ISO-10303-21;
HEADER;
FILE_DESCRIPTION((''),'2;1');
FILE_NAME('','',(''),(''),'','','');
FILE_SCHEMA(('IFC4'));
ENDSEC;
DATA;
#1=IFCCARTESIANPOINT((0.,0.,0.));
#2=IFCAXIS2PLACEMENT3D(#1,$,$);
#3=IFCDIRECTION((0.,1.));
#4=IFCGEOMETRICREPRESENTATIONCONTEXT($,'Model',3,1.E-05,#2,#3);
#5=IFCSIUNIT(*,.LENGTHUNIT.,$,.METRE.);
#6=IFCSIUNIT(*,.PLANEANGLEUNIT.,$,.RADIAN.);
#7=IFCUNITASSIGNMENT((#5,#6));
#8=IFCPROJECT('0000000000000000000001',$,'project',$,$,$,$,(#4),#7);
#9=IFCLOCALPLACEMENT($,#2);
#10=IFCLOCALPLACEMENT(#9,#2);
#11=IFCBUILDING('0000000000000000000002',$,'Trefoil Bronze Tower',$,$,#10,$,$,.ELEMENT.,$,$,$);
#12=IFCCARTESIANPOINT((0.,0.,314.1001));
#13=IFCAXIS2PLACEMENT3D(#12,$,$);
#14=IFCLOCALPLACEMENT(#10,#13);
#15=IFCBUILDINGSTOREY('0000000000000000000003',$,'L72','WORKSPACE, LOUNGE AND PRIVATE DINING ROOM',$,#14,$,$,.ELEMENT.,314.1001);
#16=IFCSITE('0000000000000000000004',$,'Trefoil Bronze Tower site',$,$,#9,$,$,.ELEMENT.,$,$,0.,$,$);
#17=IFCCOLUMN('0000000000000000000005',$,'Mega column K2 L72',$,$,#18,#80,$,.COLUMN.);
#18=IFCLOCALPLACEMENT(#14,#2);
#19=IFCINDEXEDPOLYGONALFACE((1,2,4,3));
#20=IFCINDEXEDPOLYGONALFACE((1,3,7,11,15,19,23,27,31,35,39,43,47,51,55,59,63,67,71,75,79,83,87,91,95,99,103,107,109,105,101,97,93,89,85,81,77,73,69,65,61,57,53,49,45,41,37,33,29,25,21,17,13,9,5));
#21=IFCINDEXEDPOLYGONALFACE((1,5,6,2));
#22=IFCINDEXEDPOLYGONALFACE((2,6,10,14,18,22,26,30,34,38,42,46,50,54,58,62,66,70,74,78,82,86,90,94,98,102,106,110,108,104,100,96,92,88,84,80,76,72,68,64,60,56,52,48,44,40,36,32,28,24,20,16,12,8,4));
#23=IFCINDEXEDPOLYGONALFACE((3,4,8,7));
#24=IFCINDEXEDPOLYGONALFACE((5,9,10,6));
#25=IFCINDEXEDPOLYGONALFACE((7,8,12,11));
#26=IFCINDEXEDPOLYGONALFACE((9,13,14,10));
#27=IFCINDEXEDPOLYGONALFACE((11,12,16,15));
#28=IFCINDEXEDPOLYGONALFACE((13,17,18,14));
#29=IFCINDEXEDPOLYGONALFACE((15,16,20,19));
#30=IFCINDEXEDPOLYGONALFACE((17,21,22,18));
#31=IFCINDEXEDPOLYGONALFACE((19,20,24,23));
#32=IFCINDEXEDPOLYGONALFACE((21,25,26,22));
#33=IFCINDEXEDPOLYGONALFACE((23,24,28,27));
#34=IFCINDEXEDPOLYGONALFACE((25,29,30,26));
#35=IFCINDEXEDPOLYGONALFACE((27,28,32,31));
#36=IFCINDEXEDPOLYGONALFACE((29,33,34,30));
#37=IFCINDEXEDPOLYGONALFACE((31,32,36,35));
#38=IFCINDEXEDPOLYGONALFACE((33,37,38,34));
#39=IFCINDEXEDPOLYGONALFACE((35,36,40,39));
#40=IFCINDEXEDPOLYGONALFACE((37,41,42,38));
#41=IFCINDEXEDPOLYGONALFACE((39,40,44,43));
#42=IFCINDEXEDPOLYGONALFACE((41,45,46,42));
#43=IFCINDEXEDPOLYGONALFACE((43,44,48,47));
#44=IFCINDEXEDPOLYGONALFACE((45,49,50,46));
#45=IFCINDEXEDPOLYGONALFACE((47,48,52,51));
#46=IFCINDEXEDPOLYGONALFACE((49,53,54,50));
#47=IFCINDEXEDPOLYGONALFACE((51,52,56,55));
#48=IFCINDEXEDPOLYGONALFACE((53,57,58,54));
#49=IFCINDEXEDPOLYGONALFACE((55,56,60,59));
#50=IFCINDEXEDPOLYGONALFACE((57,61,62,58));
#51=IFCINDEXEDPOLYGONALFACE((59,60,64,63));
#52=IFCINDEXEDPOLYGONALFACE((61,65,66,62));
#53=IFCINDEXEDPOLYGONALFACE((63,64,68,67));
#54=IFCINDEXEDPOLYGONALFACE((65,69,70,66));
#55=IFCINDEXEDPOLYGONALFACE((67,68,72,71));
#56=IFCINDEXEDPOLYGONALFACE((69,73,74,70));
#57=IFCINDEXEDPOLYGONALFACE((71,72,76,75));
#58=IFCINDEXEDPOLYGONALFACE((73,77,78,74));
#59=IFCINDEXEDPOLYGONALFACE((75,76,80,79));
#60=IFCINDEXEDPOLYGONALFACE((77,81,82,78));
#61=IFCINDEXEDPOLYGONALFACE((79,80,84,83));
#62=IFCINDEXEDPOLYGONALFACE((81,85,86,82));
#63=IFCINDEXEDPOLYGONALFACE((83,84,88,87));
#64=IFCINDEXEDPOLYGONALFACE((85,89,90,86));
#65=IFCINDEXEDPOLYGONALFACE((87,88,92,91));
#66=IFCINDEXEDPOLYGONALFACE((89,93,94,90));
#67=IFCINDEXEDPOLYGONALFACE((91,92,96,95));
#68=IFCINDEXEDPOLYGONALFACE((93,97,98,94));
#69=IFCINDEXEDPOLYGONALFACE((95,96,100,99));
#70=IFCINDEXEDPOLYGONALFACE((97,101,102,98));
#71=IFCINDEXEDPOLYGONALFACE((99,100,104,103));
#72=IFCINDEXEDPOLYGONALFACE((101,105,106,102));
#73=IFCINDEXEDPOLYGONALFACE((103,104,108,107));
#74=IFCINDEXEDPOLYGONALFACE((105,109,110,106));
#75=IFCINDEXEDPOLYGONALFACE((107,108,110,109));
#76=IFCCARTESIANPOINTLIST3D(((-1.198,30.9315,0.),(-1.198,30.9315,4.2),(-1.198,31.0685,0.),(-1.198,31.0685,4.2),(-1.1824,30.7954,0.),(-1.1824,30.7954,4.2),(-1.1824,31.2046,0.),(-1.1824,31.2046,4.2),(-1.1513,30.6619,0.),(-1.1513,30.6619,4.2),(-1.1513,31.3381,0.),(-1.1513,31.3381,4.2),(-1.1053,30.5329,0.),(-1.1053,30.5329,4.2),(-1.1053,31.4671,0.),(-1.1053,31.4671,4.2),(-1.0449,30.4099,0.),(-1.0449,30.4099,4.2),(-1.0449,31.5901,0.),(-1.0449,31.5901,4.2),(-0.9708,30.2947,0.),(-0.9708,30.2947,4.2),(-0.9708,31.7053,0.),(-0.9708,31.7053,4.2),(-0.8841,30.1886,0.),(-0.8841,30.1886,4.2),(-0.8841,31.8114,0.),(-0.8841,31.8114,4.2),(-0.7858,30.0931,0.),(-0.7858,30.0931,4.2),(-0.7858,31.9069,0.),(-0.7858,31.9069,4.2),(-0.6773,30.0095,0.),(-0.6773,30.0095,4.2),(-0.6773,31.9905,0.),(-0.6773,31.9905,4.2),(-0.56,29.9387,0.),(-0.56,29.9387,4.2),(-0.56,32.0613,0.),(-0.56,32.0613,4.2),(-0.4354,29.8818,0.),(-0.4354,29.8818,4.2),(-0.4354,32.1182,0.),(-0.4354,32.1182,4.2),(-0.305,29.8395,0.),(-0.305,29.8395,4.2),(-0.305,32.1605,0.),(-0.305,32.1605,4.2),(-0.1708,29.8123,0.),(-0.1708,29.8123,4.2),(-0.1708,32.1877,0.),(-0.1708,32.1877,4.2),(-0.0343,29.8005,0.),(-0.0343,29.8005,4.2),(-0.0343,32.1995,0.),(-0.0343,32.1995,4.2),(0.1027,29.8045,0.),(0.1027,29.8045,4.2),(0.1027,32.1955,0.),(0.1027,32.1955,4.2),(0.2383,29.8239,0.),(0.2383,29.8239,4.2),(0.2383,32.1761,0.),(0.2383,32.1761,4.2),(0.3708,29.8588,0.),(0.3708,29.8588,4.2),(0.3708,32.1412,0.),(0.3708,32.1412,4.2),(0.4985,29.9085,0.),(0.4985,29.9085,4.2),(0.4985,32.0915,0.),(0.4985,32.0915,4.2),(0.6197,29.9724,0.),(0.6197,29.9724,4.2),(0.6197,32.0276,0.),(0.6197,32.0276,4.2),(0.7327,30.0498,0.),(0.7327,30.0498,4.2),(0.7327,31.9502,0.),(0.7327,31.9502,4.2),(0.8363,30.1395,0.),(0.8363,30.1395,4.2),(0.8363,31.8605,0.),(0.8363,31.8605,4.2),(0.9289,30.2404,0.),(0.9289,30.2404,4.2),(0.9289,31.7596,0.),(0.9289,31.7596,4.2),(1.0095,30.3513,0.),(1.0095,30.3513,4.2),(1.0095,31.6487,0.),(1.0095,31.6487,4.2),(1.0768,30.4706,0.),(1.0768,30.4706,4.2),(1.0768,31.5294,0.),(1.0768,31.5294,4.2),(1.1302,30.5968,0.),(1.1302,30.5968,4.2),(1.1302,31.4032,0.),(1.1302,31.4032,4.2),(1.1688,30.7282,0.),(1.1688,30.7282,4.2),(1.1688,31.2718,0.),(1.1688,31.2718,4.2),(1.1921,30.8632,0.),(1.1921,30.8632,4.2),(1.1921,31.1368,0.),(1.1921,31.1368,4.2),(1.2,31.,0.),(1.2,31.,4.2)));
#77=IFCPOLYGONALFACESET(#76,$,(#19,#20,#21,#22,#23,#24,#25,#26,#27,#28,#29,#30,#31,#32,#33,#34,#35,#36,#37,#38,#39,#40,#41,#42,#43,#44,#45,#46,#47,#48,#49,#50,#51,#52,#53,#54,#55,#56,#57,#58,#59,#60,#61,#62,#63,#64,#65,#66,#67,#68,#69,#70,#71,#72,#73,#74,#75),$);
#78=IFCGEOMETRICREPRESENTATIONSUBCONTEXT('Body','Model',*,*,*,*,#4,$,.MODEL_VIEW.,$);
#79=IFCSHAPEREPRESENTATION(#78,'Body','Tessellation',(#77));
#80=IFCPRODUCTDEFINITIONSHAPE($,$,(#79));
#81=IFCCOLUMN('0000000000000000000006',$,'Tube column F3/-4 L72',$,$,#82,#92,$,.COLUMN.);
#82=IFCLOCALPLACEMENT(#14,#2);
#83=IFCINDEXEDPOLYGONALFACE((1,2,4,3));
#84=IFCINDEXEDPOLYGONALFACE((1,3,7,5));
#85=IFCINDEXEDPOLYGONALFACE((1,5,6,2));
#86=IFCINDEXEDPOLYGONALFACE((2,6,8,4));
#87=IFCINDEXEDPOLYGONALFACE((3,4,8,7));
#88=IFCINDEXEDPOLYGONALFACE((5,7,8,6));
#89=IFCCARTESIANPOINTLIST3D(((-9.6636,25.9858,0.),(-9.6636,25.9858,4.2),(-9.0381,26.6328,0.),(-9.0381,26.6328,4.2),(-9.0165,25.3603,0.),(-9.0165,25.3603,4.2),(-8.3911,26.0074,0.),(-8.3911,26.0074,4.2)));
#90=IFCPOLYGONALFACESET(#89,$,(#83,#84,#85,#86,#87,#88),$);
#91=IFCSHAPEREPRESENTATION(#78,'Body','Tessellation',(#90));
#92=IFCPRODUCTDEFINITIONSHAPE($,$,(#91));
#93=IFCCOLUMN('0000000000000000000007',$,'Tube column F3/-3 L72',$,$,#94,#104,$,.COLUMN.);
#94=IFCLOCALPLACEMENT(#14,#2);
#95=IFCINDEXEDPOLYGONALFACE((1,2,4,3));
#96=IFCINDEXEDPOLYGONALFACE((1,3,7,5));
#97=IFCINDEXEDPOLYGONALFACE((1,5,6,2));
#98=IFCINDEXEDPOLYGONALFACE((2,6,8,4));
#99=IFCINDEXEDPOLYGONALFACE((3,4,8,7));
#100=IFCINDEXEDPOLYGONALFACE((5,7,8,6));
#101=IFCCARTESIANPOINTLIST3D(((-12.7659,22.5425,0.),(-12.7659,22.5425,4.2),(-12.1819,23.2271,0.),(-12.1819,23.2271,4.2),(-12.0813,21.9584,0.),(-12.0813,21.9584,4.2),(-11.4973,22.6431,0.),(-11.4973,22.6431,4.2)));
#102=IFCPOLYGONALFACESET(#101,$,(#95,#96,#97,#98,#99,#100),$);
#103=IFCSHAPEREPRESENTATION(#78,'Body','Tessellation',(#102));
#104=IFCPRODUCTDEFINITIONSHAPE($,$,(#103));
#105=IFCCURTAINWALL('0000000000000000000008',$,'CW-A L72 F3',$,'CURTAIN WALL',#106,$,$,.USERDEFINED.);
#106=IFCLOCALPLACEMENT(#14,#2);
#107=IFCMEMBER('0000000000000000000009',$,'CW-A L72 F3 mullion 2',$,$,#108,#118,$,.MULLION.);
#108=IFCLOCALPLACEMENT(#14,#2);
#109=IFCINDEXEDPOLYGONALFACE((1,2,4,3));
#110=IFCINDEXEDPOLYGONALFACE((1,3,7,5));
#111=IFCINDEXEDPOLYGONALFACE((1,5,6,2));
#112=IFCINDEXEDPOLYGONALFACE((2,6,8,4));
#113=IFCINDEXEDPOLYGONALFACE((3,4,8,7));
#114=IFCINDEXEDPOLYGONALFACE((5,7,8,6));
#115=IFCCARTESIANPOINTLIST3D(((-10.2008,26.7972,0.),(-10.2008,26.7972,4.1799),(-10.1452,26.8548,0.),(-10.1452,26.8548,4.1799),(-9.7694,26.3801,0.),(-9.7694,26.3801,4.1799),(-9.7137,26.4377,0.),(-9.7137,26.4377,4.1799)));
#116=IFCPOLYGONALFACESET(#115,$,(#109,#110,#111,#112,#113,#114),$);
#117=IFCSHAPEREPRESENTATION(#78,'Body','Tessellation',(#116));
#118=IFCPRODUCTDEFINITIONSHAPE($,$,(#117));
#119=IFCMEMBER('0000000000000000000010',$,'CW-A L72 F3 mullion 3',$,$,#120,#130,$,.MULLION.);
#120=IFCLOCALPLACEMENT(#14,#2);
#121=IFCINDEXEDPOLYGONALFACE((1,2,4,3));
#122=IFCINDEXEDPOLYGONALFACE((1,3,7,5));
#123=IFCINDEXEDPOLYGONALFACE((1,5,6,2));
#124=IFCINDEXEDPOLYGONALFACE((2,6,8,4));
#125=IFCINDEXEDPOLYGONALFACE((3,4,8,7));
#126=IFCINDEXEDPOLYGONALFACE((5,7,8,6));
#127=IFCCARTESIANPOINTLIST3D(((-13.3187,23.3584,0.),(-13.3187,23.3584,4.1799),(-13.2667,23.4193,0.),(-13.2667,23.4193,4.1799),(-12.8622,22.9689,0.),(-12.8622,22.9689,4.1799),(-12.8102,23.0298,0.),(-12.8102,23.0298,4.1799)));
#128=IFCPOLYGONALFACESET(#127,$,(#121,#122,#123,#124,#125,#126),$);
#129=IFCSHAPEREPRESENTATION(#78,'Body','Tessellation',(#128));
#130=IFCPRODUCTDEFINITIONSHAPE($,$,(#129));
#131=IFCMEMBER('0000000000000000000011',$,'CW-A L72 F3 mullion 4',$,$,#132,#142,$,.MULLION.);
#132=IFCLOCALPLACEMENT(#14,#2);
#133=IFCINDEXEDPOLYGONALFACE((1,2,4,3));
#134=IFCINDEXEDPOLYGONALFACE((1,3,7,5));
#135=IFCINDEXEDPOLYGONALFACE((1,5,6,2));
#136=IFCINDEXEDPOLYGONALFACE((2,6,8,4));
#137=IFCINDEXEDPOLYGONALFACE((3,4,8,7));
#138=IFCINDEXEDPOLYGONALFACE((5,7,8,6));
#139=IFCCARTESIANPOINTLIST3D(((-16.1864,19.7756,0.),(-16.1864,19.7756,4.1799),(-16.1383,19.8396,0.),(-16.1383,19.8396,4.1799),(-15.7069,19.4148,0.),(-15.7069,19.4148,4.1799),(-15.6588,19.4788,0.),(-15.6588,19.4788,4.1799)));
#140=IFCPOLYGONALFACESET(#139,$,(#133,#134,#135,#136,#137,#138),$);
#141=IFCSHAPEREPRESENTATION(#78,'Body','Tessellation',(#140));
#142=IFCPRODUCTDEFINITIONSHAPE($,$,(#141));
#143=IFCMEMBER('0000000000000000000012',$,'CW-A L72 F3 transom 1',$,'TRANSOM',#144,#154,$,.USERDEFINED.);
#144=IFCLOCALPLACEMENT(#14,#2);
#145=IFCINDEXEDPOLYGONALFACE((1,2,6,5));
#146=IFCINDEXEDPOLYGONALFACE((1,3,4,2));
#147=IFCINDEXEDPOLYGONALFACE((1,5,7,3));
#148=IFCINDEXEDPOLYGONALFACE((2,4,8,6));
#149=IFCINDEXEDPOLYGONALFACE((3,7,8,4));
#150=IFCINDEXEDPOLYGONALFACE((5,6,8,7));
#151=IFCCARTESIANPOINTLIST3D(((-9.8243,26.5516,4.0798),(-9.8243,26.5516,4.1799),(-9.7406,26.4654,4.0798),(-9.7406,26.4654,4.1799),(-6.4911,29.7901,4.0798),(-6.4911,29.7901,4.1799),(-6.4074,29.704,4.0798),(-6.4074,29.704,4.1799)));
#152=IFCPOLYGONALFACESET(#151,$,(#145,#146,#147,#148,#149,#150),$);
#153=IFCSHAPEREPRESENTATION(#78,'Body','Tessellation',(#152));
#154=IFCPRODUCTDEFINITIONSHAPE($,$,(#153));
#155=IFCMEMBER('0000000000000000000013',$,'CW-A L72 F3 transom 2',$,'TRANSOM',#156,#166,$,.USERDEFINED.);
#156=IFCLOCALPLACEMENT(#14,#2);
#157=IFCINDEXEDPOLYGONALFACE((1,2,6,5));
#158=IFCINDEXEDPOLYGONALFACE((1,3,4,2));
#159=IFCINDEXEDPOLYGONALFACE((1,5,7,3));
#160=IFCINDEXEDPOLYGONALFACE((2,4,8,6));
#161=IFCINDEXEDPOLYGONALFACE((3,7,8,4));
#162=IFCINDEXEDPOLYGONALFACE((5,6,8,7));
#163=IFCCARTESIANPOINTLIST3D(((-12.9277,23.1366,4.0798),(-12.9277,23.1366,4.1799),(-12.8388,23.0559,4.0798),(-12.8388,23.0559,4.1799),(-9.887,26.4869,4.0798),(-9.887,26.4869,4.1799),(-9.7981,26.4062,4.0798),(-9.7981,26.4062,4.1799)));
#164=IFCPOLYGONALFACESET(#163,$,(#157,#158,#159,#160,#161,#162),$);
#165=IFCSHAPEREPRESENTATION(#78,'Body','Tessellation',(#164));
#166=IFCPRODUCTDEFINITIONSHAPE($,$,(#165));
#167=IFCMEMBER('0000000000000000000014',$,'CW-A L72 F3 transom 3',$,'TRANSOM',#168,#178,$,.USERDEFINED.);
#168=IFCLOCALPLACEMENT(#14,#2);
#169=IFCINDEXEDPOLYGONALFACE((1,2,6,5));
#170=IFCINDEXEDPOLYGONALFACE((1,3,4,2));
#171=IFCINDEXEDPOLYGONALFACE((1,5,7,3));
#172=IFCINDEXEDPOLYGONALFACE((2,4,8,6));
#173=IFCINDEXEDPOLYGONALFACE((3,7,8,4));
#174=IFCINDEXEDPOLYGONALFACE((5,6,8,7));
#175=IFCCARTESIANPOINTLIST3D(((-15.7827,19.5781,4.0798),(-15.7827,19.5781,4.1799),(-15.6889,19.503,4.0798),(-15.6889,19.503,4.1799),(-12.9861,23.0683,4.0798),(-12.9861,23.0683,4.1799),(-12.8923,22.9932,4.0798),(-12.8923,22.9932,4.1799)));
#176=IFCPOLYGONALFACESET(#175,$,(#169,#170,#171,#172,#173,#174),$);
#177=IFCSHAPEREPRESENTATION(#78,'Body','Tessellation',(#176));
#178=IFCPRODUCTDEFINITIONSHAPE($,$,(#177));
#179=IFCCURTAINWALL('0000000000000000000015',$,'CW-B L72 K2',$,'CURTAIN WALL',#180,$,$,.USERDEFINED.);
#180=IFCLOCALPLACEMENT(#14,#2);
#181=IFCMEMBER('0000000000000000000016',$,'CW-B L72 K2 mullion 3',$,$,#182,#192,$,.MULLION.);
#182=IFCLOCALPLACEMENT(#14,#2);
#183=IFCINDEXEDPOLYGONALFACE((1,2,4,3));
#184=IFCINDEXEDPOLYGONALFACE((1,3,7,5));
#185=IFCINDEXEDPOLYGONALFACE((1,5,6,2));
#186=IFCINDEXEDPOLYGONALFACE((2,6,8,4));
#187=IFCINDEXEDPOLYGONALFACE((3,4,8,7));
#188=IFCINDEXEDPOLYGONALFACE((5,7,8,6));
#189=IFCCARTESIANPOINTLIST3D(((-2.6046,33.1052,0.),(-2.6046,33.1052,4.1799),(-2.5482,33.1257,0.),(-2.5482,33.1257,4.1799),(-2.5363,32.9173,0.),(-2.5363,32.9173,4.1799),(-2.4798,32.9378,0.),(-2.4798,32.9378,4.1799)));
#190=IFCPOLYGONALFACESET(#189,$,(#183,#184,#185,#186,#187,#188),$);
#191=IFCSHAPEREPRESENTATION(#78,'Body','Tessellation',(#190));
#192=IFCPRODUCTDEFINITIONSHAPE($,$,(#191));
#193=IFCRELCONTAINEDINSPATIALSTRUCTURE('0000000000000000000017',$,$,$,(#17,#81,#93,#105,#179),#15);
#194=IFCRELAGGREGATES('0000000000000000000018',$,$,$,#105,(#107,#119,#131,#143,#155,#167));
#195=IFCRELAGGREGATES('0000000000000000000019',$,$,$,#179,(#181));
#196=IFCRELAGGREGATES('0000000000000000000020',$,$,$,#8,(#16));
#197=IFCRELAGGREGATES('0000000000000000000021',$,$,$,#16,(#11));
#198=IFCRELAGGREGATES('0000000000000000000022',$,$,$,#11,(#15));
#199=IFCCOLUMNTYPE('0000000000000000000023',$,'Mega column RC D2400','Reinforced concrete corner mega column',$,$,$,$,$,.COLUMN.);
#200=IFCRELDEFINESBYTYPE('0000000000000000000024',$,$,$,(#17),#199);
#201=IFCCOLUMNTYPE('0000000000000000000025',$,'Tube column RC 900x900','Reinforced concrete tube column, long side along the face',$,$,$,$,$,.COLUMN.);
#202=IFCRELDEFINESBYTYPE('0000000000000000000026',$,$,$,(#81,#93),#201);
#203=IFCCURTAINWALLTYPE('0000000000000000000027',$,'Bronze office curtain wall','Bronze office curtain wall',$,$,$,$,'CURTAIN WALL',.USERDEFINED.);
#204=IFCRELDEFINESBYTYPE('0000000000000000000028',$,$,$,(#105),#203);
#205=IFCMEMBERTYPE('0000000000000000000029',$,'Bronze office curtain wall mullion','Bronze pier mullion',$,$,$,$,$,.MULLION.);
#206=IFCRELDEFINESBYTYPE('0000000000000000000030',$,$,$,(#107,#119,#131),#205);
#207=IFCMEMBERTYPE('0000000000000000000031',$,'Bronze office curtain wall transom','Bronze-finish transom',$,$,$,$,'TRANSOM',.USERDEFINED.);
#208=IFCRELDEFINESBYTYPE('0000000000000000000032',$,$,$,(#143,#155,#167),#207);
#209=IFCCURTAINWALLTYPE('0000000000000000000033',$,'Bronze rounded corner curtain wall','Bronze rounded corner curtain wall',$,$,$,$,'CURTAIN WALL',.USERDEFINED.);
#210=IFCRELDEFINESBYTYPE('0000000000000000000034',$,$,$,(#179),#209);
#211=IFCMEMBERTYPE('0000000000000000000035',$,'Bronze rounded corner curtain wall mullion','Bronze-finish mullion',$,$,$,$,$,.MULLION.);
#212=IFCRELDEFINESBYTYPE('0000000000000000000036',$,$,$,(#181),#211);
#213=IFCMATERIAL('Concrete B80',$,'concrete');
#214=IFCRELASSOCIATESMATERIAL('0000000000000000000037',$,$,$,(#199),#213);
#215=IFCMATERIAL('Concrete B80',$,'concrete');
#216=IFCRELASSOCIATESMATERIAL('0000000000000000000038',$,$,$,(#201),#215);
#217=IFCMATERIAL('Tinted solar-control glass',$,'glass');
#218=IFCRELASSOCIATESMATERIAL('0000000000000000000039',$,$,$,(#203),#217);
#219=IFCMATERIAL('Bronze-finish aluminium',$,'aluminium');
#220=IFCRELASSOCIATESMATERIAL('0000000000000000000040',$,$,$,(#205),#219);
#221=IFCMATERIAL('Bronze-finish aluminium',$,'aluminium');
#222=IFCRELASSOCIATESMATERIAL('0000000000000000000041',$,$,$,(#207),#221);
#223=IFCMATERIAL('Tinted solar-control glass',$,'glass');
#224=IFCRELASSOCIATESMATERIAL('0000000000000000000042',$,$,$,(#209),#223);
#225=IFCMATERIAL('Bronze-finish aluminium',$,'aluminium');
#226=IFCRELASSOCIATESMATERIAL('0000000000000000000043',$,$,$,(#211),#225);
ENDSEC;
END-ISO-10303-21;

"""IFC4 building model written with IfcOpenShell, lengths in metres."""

from ifc_helpers import new_model, si_unit, direction, frame, origin, origin_2d, place, context, subcontext, project, spatial, rectangle, circle, extrude, material, material_profile, profile_set, type_object, element, aggregate, save


model = new_model("IFC4")

# Units and contexts
model_context = context("Model", 3, precision=1e-05, world=origin(), true_north=direction((0.0, 1.0)))
body_context = subcontext(model_context, "Body", "Model", "MODEL_VIEW")
ifc_project = project(units=[si_unit("LENGTHUNIT", "METRE"), si_unit("PLANEANGLEUNIT", "RADIAN")], contexts=[model_context])

# Site, building, storey
site_placement = place(None, origin())
site = spatial("IfcSite", under=ifc_project, at=site_placement, Name="Trefoil Bronze Tower site", CompositionType="ELEMENT", RefElevation=0.0)
building_placement = place(site_placement, origin())
building = spatial("IfcBuilding", under=site, at=building_placement, Name="Trefoil Bronze Tower", CompositionType="ELEMENT")
storey_placement = place(building_placement, frame((0.0, 0.0, 314.1001)))
storey = spatial("IfcBuildingStorey", under=building, at=storey_placement, Name="L72", Description="WORKSPACE, LOUNGE AND PRIVATE DINING ROOM", CompositionType="ELEMENT", Elevation=314.1001)

# Columns
ifc_material_1 = material(Name="Concrete B80", Category="concrete")
ifc_material_profile_1 = material_profile(ifc_material_1, circle(Radius=1.2, at=origin_2d()), Name="RC D2400")
ifc_profile_set_1 = profile_set([ifc_material_profile_1], Name="Concrete B80")
column_type_1 = type_object("IfcColumnType", Name="Mega column RC D2400", Description="Reinforced concrete corner mega column", PredefinedType="COLUMN", material=ifc_profile_set_1)
column_placement = place(storey_placement, frame((0.0, 31.0, 0.0), z_axis=(0.0, 0.0, 1.0), x_axis=(1.0, 0.0, 0.0)))
element("IfcColumn", 1, at=column_placement, inside=storey, type_object=column_type_1, Name="Mega column K2 L72", PredefinedType="COLUMN", context=body_context, shape_type="SweptSolid", body=[
    extrude(circle(Radius=1.2, at=origin_2d()), origin(), (0.0, 0.0, 1.0), 4.2),
])
ifc_material_2 = material(Name="Concrete B80", Category="concrete")
ifc_material_profile_2 = material_profile(ifc_material_2, rectangle(XDim=0.8999, YDim=0.8999, at=origin_2d()), Name="RC 900x900")
ifc_profile_set_2 = profile_set([ifc_material_profile_2], Name="Concrete B80")
column_type_2 = type_object("IfcColumnType", Name="Tube column RC 900x900", Description="Reinforced concrete tube column, long side along the face", PredefinedType="COLUMN", material=ifc_profile_set_2)
for number, where, z_axis, x_axis, name in (
    (2, (-9.0273, 25.9966, 0.0), (0.0, 0.0, 1.0), (-0.695009, -0.719001, 0.0), "Tube column F3/-4 L72"),
    (3, (-12.1316, 22.5928, 0.0), (0.0, 0.0, 1.0), (-0.649008, -0.760781, 0.0), "Tube column F3/-3 L72"),
):
    element("IfcColumn", number, at=place(storey_placement, frame(where, z_axis=z_axis, x_axis=x_axis)), inside=storey, type_object=column_type_2, Name=name, PredefinedType="COLUMN", context=body_context, shape_type="SweptSolid", body=[
        extrude(rectangle(XDim=0.8999, YDim=0.8999, at=origin_2d()), origin(), (0.0, 0.0, 1.0), 4.2),
    ])

# Curtain walls, members
ifc_material_3 = material(Name="Tinted solar-control glass", Category="glass")
curtain_wall_type_1 = type_object("IfcCurtainWallType", Name="Bronze office curtain wall", Description="Bronze office curtain wall", ElementType="CURTAIN WALL", PredefinedType="USERDEFINED", material=ifc_material_3)
curtain_wall_1_placement = place(storey_placement, origin())
curtain_wall_1 = element("IfcCurtainWall", 4, at=curtain_wall_1_placement, inside=storey, type_object=curtain_wall_type_1, Name="CW-A L72 F3", ObjectType="CURTAIN WALL", PredefinedType="USERDEFINED")
ifc_material_4 = material(Name="Bronze-finish aluminium", Category="aluminium")
ifc_material_profile_3 = material_profile(ifc_material_4, rectangle(XDim=0.6001, YDim=0.0801, at=origin_2d()), Name="CW-A mullion")
ifc_profile_set_3 = profile_set([ifc_material_profile_3], Name="Bronze-finish aluminium")
member_type_1 = type_object("IfcMemberType", Name="Bronze office curtain wall mullion", Description="Bronze pier mullion", PredefinedType="MULLION", material=ifc_profile_set_3)
member_1_placement = place(storey_placement, frame((-9.9573, 26.6174, 0.0), z_axis=(0.0, 0.0, 1.0), x_axis=(0.719001, -0.695009, 0.0)))
member_1 = element("IfcMember", 5, at=member_1_placement, type_object=member_type_1, Name="CW-A L72 F3 mullion 2", PredefinedType="MULLION", context=body_context, shape_type="SweptSolid", body=[
    extrude(rectangle(XDim=0.6001, YDim=0.0801, at=origin_2d()), origin(), (0.0, 0.0, 1.0), 4.1799),
])
member_2_placement = place(storey_placement, frame((-13.0645, 23.1941, 0.0), z_axis=(0.0, 0.0, 1.0), x_axis=(0.760781, -0.649008, 0.0)))
member_2 = element("IfcMember", 6, at=member_2_placement, type_object=member_type_1, Name="CW-A L72 F3 mullion 3", PredefinedType="MULLION", context=body_context, shape_type="SweptSolid", body=[
    extrude(rectangle(XDim=0.6001, YDim=0.0801, at=origin_2d()), origin(), (0.0, 0.0, 1.0), 4.1799),
])
member_3_placement = place(storey_placement, frame((-15.9226, 19.6272, 0.0), z_axis=(0.0, 0.0, 1.0), x_axis=(0.799096, -0.601203, 0.0)))
member_3 = element("IfcMember", 7, at=member_3_placement, type_object=member_type_1, Name="CW-A L72 F3 mullion 4", PredefinedType="MULLION", context=body_context, shape_type="SweptSolid", body=[
    extrude(rectangle(XDim=0.6001, YDim=0.0801, at=origin_2d()), origin(), (0.0, 0.0, 1.0), 4.1799),
])
ifc_material_5 = material(Name="Bronze-finish aluminium", Category="aluminium")
ifc_material_profile_4 = material_profile(ifc_material_5, rectangle(XDim=0.1201, YDim=0.1001, at=origin_2d()), Name="CW-A transom")
ifc_profile_set_4 = profile_set([ifc_material_profile_4], Name="Bronze-finish aluminium")
member_type_2 = type_object("IfcMemberType", Name="Bronze office curtain wall transom", Description="Bronze-finish transom", ElementType="TRANSOM", PredefinedType="USERDEFINED", material=ifc_profile_set_4)
member_4_placement = place(storey_placement, frame((-6.4492, 29.7471, 4.1299), z_axis=(-0.717225, -0.696842, 0.0), x_axis=(0.696842, -0.717225, 0.0)))
member_4 = element("IfcMember", 8, at=member_4_placement, type_object=member_type_2, Name="CW-A L72 F3 transom 1", ObjectType="TRANSOM", PredefinedType="USERDEFINED", context=body_context, shape_type="SweptSolid", body=[
    extrude(rectangle(XDim=0.1201, YDim=0.1001, at=origin_2d()), origin(), (0.0, 0.0, 1.0), 4.6475),
])
member_5_placement = place(storey_placement, frame((-9.8425, 26.4465, 4.1299), z_axis=(-0.672068, -0.740489, 0.0), x_axis=(0.740489, -0.672068, 0.0)))
member_5 = element("IfcMember", 9, at=member_5_placement, type_object=member_type_2, Name="CW-A L72 F3 transom 2", ObjectType="TRANSOM", PredefinedType="USERDEFINED", context=body_context, shape_type="SweptSolid", body=[
    extrude(rectangle(XDim=0.1201, YDim=0.1001, at=origin_2d()), origin(), (0.0, 0.0, 1.0), 4.5244),
])
member_6_placement = place(storey_placement, frame((-12.9392, 23.0308, 4.1299), z_axis=(-0.625301, -0.780384, 0.0), x_axis=(0.780384, -0.625301, 0.0)))
member_6 = element("IfcMember", 10, at=member_6_placement, type_object=member_type_2, Name="CW-A L72 F3 transom 3", ObjectType="TRANSOM", PredefinedType="USERDEFINED", context=body_context, shape_type="SweptSolid", body=[
    extrude(rectangle(XDim=0.1201, YDim=0.1001, at=origin_2d()), origin(), (0.0, 0.0, 1.0), 4.4724),
])
ifc_material_6 = material(Name="Tinted solar-control glass", Category="glass")
curtain_wall_type_2 = type_object("IfcCurtainWallType", Name="Bronze rounded corner curtain wall", Description="Bronze rounded corner curtain wall", ElementType="CURTAIN WALL", PredefinedType="USERDEFINED", material=ifc_material_6)
curtain_wall_2_placement = place(storey_placement, origin())
curtain_wall_2 = element("IfcCurtainWall", 11, at=curtain_wall_2_placement, inside=storey, type_object=curtain_wall_type_2, Name="CW-B L72 K2", ObjectType="CURTAIN WALL", PredefinedType="USERDEFINED")
ifc_material_7 = material(Name="Bronze-finish aluminium", Category="aluminium")
ifc_material_profile_5 = material_profile(ifc_material_7, rectangle(XDim=0.2, YDim=0.0601, at=origin_2d()), Name="CW-B mullion")
ifc_profile_set_5 = profile_set([ifc_material_profile_5], Name="Bronze-finish aluminium")
member_type_3 = type_object("IfcMemberType", Name="Bronze rounded corner curtain wall mullion", Description="Bronze-finish mullion", PredefinedType="MULLION", material=ifc_profile_set_5)
member_7_placement = place(storey_placement, frame((-2.5422, 33.0215, 0.0), z_axis=(0.0, 0.0, 1.0), x_axis=(0.34202, -0.939693, 0.0)))
member_7 = element("IfcMember", 12, at=member_7_placement, type_object=member_type_3, Name="CW-B L72 K2 mullion 3", PredefinedType="MULLION", context=body_context, shape_type="SweptSolid", body=[
    extrude(rectangle(XDim=0.2, YDim=0.0601, at=origin_2d()), origin(), (0.0, 0.0, 1.0), 4.1799),
])

aggregate(curtain_wall_1, [member_1, member_2, member_3, member_4, member_5, member_6])
aggregate(curtain_wall_2, [member_7])

save(model, "model.ifc")
